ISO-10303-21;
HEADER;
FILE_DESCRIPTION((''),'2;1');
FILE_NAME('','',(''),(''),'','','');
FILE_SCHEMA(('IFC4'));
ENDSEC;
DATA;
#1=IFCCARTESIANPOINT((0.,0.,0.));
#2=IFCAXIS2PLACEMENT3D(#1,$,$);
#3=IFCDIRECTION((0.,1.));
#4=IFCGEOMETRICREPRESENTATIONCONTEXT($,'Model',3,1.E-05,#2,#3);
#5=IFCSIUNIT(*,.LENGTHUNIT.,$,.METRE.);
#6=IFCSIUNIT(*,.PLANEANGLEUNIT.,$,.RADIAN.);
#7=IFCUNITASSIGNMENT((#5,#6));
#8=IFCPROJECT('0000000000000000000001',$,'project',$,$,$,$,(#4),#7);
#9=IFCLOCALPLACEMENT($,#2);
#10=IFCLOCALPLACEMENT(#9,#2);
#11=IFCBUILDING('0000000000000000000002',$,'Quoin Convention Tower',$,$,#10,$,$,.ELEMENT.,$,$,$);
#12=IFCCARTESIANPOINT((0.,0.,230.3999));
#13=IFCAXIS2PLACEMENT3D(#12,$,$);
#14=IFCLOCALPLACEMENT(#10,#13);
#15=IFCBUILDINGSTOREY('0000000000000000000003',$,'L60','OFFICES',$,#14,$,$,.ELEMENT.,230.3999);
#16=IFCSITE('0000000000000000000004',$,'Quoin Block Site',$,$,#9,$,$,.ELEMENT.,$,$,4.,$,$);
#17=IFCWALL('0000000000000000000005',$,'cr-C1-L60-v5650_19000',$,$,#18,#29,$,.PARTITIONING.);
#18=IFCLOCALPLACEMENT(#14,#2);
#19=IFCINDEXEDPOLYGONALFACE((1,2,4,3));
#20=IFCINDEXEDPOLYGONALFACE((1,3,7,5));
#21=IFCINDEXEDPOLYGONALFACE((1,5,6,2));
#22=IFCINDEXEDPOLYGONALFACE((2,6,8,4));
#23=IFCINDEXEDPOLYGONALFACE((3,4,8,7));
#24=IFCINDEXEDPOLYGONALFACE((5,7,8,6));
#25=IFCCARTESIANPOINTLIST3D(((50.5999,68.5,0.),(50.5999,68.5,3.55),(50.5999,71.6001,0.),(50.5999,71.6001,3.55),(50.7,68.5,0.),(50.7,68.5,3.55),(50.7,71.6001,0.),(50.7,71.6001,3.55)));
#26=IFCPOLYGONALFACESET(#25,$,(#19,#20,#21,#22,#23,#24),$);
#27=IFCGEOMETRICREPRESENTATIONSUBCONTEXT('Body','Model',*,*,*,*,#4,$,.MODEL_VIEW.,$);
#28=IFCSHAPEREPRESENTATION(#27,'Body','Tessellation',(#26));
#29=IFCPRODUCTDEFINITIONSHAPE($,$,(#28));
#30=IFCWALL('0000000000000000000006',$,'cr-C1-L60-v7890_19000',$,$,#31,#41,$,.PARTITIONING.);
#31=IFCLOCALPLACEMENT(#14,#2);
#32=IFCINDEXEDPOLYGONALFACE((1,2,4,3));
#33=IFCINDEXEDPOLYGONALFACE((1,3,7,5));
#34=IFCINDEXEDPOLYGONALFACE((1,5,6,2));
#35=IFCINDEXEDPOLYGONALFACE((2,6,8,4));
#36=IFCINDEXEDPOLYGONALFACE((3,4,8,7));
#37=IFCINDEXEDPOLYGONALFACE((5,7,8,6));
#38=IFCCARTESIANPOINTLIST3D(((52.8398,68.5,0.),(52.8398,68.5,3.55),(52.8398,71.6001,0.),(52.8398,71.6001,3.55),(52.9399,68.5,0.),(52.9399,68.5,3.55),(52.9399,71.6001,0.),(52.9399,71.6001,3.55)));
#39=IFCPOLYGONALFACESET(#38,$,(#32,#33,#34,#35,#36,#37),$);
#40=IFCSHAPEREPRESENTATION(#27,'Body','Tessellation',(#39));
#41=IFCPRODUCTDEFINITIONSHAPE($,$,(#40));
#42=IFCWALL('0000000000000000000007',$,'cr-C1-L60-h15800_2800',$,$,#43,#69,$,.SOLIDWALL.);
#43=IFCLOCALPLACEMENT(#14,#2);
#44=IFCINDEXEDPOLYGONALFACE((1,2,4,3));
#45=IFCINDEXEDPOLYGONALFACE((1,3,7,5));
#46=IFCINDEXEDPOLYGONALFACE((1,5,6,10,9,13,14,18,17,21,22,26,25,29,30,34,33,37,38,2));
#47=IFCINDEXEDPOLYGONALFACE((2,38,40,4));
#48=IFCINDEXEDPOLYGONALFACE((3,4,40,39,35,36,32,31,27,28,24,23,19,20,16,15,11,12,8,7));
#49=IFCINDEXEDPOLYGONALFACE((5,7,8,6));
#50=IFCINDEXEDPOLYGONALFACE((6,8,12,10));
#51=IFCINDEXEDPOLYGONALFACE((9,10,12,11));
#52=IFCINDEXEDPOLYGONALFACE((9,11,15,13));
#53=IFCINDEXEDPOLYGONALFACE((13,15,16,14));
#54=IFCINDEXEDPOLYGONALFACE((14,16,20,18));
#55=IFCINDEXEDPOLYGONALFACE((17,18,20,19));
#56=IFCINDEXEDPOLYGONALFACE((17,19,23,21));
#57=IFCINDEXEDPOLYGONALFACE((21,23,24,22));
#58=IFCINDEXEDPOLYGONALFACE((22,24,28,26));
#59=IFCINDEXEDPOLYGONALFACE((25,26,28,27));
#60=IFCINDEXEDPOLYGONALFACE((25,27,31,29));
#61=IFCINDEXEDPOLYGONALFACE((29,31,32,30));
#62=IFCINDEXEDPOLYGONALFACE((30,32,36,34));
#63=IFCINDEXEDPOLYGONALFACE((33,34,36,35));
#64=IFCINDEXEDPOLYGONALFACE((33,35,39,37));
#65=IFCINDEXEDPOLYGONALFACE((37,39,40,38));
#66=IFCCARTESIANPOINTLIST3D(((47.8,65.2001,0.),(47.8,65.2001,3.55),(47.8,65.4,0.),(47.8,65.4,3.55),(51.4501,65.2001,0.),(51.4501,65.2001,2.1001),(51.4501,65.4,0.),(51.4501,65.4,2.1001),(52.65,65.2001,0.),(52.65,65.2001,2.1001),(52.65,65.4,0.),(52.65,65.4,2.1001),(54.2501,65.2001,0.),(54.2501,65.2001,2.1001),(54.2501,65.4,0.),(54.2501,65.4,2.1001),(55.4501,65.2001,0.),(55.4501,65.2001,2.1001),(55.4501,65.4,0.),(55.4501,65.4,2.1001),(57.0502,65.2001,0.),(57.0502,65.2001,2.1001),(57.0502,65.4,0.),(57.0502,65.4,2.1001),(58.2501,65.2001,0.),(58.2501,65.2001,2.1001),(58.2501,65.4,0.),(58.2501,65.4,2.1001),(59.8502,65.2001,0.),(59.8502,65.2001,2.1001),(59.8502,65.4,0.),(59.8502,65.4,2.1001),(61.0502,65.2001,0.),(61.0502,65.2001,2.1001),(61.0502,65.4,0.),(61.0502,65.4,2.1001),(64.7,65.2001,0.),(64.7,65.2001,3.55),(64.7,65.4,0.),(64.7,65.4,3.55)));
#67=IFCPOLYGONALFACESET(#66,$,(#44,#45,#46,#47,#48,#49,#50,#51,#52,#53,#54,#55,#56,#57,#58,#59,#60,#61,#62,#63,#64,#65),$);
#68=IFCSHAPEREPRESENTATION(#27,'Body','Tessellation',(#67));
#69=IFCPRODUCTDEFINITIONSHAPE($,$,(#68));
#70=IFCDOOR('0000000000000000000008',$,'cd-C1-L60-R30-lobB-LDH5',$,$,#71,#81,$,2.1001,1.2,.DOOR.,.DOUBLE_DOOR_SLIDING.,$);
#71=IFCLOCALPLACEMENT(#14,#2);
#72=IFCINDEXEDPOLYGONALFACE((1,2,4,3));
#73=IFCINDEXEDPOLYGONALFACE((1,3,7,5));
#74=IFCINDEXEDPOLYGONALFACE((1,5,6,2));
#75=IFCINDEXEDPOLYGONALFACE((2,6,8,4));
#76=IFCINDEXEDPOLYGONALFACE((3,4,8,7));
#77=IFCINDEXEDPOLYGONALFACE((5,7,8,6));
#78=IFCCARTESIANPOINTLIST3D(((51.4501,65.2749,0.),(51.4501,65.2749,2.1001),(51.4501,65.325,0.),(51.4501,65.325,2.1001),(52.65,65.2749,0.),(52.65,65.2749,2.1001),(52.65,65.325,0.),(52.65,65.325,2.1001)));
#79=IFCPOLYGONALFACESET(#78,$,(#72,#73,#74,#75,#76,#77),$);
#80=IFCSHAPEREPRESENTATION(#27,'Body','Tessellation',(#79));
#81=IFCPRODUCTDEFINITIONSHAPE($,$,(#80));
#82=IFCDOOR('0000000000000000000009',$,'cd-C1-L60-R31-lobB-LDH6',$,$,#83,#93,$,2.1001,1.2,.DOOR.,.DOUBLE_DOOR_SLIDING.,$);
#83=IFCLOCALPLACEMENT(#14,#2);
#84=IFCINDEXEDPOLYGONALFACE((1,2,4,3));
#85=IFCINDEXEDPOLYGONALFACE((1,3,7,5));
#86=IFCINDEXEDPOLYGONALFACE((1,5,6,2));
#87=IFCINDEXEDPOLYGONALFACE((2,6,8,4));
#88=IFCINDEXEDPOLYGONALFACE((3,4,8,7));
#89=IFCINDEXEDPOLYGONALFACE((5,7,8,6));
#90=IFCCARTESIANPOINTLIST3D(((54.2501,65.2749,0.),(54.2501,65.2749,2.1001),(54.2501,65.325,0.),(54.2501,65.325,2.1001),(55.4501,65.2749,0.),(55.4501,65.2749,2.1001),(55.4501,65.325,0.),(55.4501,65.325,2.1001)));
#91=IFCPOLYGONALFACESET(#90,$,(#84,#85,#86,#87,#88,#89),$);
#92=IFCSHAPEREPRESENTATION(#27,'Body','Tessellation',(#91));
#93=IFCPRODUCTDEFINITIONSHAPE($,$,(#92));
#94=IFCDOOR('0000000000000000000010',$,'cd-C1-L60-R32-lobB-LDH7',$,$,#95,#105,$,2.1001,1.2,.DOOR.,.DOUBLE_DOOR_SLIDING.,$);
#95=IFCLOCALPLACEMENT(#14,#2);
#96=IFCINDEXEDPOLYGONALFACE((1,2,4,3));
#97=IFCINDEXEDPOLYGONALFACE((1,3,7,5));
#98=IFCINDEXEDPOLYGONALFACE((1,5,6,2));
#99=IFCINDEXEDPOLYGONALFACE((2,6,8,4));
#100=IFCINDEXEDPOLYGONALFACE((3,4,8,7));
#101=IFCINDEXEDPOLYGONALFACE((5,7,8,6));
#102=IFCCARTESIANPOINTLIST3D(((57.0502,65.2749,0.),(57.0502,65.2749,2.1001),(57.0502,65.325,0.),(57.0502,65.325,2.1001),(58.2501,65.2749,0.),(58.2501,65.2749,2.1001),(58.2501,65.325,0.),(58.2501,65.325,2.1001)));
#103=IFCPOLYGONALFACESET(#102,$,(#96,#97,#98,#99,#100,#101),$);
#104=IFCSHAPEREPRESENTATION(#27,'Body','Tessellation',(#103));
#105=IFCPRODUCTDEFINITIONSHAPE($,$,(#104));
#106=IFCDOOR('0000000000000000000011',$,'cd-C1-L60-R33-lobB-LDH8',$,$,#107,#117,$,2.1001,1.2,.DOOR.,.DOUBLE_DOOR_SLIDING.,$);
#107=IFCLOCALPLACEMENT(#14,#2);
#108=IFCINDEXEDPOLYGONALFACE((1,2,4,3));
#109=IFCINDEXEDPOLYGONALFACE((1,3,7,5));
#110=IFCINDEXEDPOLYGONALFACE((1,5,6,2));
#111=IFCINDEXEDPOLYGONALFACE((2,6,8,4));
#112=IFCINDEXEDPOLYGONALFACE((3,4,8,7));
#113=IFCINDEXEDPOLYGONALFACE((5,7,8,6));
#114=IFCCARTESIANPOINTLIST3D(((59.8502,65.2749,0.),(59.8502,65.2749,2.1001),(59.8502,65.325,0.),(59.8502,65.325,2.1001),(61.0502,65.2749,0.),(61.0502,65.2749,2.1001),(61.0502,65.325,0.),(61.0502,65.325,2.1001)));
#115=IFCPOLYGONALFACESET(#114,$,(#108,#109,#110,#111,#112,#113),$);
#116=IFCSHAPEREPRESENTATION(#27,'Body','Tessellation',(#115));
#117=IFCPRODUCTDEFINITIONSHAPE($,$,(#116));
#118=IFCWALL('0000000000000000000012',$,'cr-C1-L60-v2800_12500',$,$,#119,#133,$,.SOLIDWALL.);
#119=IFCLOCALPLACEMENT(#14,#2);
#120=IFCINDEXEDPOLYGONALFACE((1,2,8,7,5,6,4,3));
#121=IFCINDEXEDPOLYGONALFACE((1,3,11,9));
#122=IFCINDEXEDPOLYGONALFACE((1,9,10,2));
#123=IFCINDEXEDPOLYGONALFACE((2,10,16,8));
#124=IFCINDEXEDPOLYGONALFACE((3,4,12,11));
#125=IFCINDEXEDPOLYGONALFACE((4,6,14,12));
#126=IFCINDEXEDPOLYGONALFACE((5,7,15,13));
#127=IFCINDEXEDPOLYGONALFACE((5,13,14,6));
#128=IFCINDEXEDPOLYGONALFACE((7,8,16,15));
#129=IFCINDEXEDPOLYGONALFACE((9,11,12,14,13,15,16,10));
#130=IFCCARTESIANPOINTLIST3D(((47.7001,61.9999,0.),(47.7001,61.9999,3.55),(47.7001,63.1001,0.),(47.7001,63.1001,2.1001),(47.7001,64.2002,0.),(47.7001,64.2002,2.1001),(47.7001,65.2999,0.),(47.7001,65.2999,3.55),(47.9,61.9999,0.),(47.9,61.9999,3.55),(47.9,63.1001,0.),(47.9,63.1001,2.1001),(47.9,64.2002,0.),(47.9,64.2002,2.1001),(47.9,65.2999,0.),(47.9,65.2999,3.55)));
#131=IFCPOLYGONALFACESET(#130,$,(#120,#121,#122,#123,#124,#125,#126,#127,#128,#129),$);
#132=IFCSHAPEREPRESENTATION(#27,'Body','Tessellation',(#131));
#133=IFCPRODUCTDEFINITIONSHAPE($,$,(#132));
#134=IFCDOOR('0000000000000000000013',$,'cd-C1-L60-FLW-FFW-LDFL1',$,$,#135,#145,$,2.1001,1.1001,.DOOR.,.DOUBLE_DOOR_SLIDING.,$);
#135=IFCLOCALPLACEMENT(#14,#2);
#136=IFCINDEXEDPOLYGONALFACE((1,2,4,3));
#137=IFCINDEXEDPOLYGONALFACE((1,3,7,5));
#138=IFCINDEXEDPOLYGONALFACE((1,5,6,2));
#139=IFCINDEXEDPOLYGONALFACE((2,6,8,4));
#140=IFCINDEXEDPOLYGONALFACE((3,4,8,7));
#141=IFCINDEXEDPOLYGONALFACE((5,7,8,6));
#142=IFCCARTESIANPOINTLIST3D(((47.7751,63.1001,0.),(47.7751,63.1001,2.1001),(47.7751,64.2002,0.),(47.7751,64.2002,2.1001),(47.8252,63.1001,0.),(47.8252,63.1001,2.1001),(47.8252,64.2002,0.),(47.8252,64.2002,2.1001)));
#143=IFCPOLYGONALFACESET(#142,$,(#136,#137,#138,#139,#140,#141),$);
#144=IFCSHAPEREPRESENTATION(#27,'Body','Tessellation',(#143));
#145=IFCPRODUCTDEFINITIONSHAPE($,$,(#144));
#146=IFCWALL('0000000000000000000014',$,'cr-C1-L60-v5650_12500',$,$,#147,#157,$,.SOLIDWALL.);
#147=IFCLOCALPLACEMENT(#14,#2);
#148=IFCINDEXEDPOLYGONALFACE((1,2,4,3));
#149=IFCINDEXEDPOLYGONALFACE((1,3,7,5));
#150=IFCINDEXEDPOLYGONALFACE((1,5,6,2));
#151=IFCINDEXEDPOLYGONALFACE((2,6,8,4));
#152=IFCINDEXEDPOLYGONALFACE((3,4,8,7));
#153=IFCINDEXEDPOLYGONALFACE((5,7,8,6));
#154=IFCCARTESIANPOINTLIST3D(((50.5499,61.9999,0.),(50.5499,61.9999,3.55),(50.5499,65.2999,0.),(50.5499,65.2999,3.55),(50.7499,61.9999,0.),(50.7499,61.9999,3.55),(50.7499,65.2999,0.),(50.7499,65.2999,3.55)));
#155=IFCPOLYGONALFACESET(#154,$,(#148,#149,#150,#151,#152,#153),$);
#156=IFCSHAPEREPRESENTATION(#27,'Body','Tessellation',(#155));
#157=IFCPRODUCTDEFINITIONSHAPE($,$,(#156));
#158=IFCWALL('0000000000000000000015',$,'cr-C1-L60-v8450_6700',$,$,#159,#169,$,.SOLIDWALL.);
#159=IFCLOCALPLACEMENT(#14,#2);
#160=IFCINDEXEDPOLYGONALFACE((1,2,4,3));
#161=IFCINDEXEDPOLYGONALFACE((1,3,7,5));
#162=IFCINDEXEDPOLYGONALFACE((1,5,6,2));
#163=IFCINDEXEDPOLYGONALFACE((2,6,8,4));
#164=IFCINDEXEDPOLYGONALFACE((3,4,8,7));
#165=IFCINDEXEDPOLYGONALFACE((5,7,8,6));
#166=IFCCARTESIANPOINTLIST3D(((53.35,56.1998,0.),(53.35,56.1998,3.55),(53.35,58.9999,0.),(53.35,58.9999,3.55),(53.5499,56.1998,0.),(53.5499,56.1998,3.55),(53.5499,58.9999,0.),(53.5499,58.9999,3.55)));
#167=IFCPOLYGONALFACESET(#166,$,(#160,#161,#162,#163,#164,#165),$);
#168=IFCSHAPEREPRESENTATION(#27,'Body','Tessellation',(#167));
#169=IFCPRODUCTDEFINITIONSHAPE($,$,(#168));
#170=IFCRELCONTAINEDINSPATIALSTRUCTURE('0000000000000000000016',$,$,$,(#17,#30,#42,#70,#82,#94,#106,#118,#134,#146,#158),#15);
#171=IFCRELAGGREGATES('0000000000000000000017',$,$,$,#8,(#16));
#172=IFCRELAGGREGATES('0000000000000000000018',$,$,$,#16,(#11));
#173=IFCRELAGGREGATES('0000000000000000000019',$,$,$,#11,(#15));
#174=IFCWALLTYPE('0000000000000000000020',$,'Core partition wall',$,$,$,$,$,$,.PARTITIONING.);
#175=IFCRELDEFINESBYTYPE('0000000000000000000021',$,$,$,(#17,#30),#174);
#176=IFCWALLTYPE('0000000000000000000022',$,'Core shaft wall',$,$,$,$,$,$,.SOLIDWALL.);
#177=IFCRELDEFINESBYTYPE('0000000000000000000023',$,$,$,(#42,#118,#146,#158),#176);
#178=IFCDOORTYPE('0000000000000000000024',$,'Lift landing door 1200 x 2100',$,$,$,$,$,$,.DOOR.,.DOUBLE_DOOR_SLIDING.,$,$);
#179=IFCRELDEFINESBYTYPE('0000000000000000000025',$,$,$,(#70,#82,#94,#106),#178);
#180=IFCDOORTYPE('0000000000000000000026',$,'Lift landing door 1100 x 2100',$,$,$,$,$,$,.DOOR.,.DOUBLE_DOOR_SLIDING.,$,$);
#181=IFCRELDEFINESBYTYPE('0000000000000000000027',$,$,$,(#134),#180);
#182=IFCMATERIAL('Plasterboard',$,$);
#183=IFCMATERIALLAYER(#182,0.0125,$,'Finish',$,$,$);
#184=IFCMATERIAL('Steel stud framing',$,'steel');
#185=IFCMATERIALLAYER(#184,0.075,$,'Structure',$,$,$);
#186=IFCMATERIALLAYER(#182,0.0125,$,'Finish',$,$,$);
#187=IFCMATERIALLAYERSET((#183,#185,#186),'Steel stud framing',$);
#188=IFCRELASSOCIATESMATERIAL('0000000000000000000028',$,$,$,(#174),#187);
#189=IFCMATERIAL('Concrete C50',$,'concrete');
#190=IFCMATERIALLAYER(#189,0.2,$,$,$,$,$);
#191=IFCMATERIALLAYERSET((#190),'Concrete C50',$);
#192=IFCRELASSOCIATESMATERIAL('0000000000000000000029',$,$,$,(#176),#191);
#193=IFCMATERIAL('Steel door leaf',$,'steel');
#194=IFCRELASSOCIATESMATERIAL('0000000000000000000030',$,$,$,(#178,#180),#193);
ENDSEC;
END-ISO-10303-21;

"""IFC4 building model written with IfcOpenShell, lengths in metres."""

from ifc_helpers import new_model, si_unit, direction, frame, frame_2d, origin, place, context, subcontext, project, spatial, rectangle, extrude, material, layer, layer_set, type_object, element, fill, save


model = new_model("IFC4")

# Units and contexts
model_context = context("Model", 3, precision=1e-05, world=origin(), true_north=direction((0.0, 1.0)))
body_context = subcontext(model_context, "Body", "Model", "MODEL_VIEW")
ifc_project = project(units=[si_unit("LENGTHUNIT", "METRE"), si_unit("PLANEANGLEUNIT", "RADIAN")], contexts=[model_context])

# Site, building, storey
site_placement = place(None, origin())
site = spatial("IfcSite", under=ifc_project, at=site_placement, Name="Quoin Block Site", CompositionType="ELEMENT", RefElevation=4.0)
building_placement = place(site_placement, origin())
building = spatial("IfcBuilding", under=site, at=building_placement, Name="Quoin Convention Tower", CompositionType="ELEMENT")
storey_placement = place(building_placement, frame((0.0, 0.0, 230.3999)))
storey = spatial("IfcBuildingStorey", under=building, at=storey_placement, Name="L60", Description="OFFICES", CompositionType="ELEMENT", Elevation=230.3999)

# Walls
ifc_material_1 = material(Name="Plasterboard")
ifc_layer_1 = layer(ifc_material_1, 0.0125, Name="Finish")
ifc_material_2 = material(Name="Steel stud framing", Category="steel")
ifc_layer_2 = layer(ifc_material_2, 0.075, Name="Structure")
ifc_layer_3 = layer(ifc_material_1, 0.0125, Name="Finish")
ifc_layer_set_1 = layer_set([ifc_layer_1, ifc_layer_2, ifc_layer_3], Name="Steel stud framing")
wall_type_1 = type_object("IfcWallType", Name="Core partition wall", PredefinedType="PARTITIONING", material=ifc_layer_set_1)
for number, where, z_axis, x_axis, name in (
    (1, (50.6499, 68.5, 0.0), (0.0, 0.0, 1.0), (0.0, 1.0, 0.0), "cr-C1-L60-v5650_19000"),
    (2, (52.8899, 68.5, 0.0), (0.0, 0.0, 1.0), (0.0, 1.0, 0.0), "cr-C1-L60-v7890_19000"),
):
    element("IfcWall", number, at=place(storey_placement, frame(where, z_axis=z_axis, x_axis=x_axis)), inside=storey, type_object=wall_type_1, Name=name, PredefinedType="PARTITIONING", context=body_context, shape_type="SweptSolid", body=[
        extrude(rectangle(XDim=3.1001, YDim=0.1001, at=frame_2d((1.55, 0.0))), origin(), (0.0, 0.0, 1.0), 3.55),
    ])

# Wall, openings, doors
ifc_material_3 = material(Name="Concrete C50", Category="concrete")
ifc_layer_4 = layer(ifc_material_3, 0.2)
ifc_layer_set_2 = layer_set([ifc_layer_4], Name="Concrete C50")
wall_type_2 = type_object("IfcWallType", Name="Core shaft wall", PredefinedType="SOLIDWALL", material=ifc_layer_set_2)
wall_1_placement = place(storey_placement, frame((47.8, 65.3, 0.0), z_axis=(0.0, 0.0, 1.0), x_axis=(1.0, 0.0, 0.0)))
wall_1 = element("IfcWall", 3, at=wall_1_placement, inside=storey, type_object=wall_type_2, Name="cr-C1-L60-h15800_2800", PredefinedType="SOLIDWALL", context=body_context, shape_type="SweptSolid", body=[
    extrude(rectangle(XDim=16.8999, YDim=0.2, at=frame_2d((8.45, 0.0))), origin(), (0.0, 0.0, 1.0), 3.55),
])
opening_1_placement = place(wall_1_placement, frame((3.6499, 0.0, 0.0)))
opening_1 = element("IfcOpeningElement", 4, at=opening_1_placement, cuts=wall_1, PredefinedType="OPENING", context=body_context, shape_type="SweptSolid", body=[
    extrude(rectangle(XDim=1.2, YDim=2.1001, at=frame_2d((0.6001, 1.05))), frame((0.0, 0.1099, 0.0), z_axis=(0.0, -1.0, 0.0), x_axis=(1.0, 0.0, 0.0)), (0.0, 0.0, 1.0), 0.22),
])
opening_2_placement = place(wall_1_placement, frame((6.45, 0.0, 0.0)))
opening_2 = element("IfcOpeningElement", 5, at=opening_2_placement, cuts=wall_1, PredefinedType="OPENING", context=body_context, shape_type="SweptSolid", body=[
    extrude(rectangle(XDim=1.2, YDim=2.1001, at=frame_2d((0.6001, 1.05))), frame((0.0, 0.1099, 0.0), z_axis=(0.0, -1.0, 0.0), x_axis=(1.0, 0.0, 0.0)), (0.0, 0.0, 1.0), 0.22),
])
opening_3_placement = place(wall_1_placement, frame((9.25, 0.0, 0.0)))
opening_3 = element("IfcOpeningElement", 6, at=opening_3_placement, cuts=wall_1, PredefinedType="OPENING", context=body_context, shape_type="SweptSolid", body=[
    extrude(rectangle(XDim=1.2, YDim=2.1001, at=frame_2d((0.6001, 1.05))), frame((0.0, 0.1099, 0.0), z_axis=(0.0, -1.0, 0.0), x_axis=(1.0, 0.0, 0.0)), (0.0, 0.0, 1.0), 0.22),
])
opening_4_placement = place(wall_1_placement, frame((12.05, 0.0, 0.0)))
opening_4 = element("IfcOpeningElement", 7, at=opening_4_placement, cuts=wall_1, PredefinedType="OPENING", context=body_context, shape_type="SweptSolid", body=[
    extrude(rectangle(XDim=1.2, YDim=2.1001, at=frame_2d((0.6001, 1.05))), frame((0.0, 0.1099, 0.0), z_axis=(0.0, -1.0, 0.0), x_axis=(1.0, 0.0, 0.0)), (0.0, 0.0, 1.0), 0.22),
])
ifc_material_4 = material(Name="Steel door leaf", Category="steel")
door_type_1 = type_object("IfcDoorType", Name="Lift landing door 1200 x 2100", OperationType="DOUBLE_DOOR_SLIDING", PredefinedType="DOOR", material=ifc_material_4)
door_1_placement = place(opening_1_placement, origin())
door_1 = element("IfcDoor", 8, at=door_1_placement, inside=storey, type_object=door_type_1, Name="cd-C1-L60-R30-lobB-LDH5", OperationType="DOUBLE_DOOR_SLIDING", OverallHeight=2.1001, OverallWidth=1.2, PredefinedType="DOOR", context=body_context, shape_type="SweptSolid", body=[
    extrude(rectangle(XDim=1.2, YDim=2.1001, at=frame_2d((0.6001, 1.05))), frame((0.0, 0.0249, 0.0), z_axis=(0.0, -1.0, 0.0), x_axis=(1.0, 0.0, 0.0)), (0.0, 0.0, 1.0), 0.05),
])
fill(opening_1, door_1)
door_2_placement = place(opening_2_placement, origin())
door_2 = element("IfcDoor", 9, at=door_2_placement, inside=storey, type_object=door_type_1, Name="cd-C1-L60-R31-lobB-LDH6", OperationType="DOUBLE_DOOR_SLIDING", OverallHeight=2.1001, OverallWidth=1.2, PredefinedType="DOOR", context=body_context, shape_type="SweptSolid", body=[
    extrude(rectangle(XDim=1.2, YDim=2.1001, at=frame_2d((0.6001, 1.05))), frame((0.0, 0.0249, 0.0), z_axis=(0.0, -1.0, 0.0), x_axis=(1.0, 0.0, 0.0)), (0.0, 0.0, 1.0), 0.05),
])
fill(opening_2, door_2)
door_3_placement = place(opening_3_placement, origin())
door_3 = element("IfcDoor", 10, at=door_3_placement, inside=storey, type_object=door_type_1, Name="cd-C1-L60-R32-lobB-LDH7", OperationType="DOUBLE_DOOR_SLIDING", OverallHeight=2.1001, OverallWidth=1.2, PredefinedType="DOOR", context=body_context, shape_type="SweptSolid", body=[
    extrude(rectangle(XDim=1.2, YDim=2.1001, at=frame_2d((0.6001, 1.05))), frame((0.0, 0.0249, 0.0), z_axis=(0.0, -1.0, 0.0), x_axis=(1.0, 0.0, 0.0)), (0.0, 0.0, 1.0), 0.05),
])
fill(opening_3, door_3)
door_4_placement = place(opening_4_placement, origin())
door_4 = element("IfcDoor", 11, at=door_4_placement, inside=storey, type_object=door_type_1, Name="cd-C1-L60-R33-lobB-LDH8", OperationType="DOUBLE_DOOR_SLIDING", OverallHeight=2.1001, OverallWidth=1.2, PredefinedType="DOOR", context=body_context, shape_type="SweptSolid", body=[
    extrude(rectangle(XDim=1.2, YDim=2.1001, at=frame_2d((0.6001, 1.05))), frame((0.0, 0.0249, 0.0), z_axis=(0.0, -1.0, 0.0), x_axis=(1.0, 0.0, 0.0)), (0.0, 0.0, 1.0), 0.05),
])
fill(opening_4, door_4)

# Wall, opening, door
wall_2_placement = place(storey_placement, frame((47.8, 62.0, 0.0), z_axis=(0.0, 0.0, 1.0), x_axis=(0.0, 1.0, 0.0)))
wall_2 = element("IfcWall", 12, at=wall_2_placement, inside=storey, type_object=wall_type_2, Name="cr-C1-L60-v2800_12500", PredefinedType="SOLIDWALL", context=body_context, shape_type="SweptSolid", body=[
    extrude(rectangle(XDim=3.3, YDim=0.2, at=frame_2d((1.6499, 0.0))), origin(), (0.0, 0.0, 1.0), 3.55),
])
opening_5_placement = place(wall_2_placement, frame((1.1001, 0.0, 0.0)))
opening_5 = element("IfcOpeningElement", 13, at=opening_5_placement, cuts=wall_2, PredefinedType="OPENING", context=body_context, shape_type="SweptSolid", body=[
    extrude(rectangle(XDim=1.1001, YDim=2.1001, at=frame_2d((0.55, 1.05))), frame((0.0, 0.1099, 0.0), z_axis=(0.0, -1.0, 0.0), x_axis=(1.0, 0.0, 0.0)), (0.0, 0.0, 1.0), 0.22),
])
door_type_2 = type_object("IfcDoorType", Name="Lift landing door 1100 x 2100", OperationType="DOUBLE_DOOR_SLIDING", PredefinedType="DOOR", material=ifc_material_4)
door_5_placement = place(opening_5_placement, origin())
door_5 = element("IfcDoor", 14, at=door_5_placement, inside=storey, type_object=door_type_2, Name="cd-C1-L60-FLW-FFW-LDFL1", OperationType="DOUBLE_DOOR_SLIDING", OverallHeight=2.1001, OverallWidth=1.1001, PredefinedType="DOOR", context=body_context, shape_type="SweptSolid", body=[
    extrude(rectangle(XDim=1.1001, YDim=2.1001, at=frame_2d((0.55, 1.05))), frame((0.0, 0.0249, 0.0), z_axis=(0.0, -1.0, 0.0), x_axis=(1.0, 0.0, 0.0)), (0.0, 0.0, 1.0), 0.05),
])
fill(opening_5, door_5)

# Walls
wall_3_placement = place(storey_placement, frame((50.6499, 62.0, 0.0), z_axis=(0.0, 0.0, 1.0), x_axis=(0.0, 1.0, 0.0)))
element("IfcWall", 15, at=wall_3_placement, inside=storey, type_object=wall_type_2, Name="cr-C1-L60-v5650_12500", PredefinedType="SOLIDWALL", context=body_context, shape_type="SweptSolid", body=[
    extrude(rectangle(XDim=3.3, YDim=0.2, at=frame_2d((1.6499, 0.0))), origin(), (0.0, 0.0, 1.0), 3.55),
])
wall_4_placement = place(storey_placement, frame((53.45, 56.2, 0.0), z_axis=(0.0, 0.0, 1.0), x_axis=(0.0, 1.0, 0.0)))
element("IfcWall", 16, at=wall_4_placement, inside=storey, type_object=wall_type_2, Name="cr-C1-L60-v8450_6700", PredefinedType="SOLIDWALL", context=body_context, shape_type="SweptSolid", body=[
    extrude(rectangle(XDim=2.8, YDim=0.2, at=frame_2d((1.3999, 0.0))), origin(), (0.0, 0.0, 1.0), 3.55),
])

save(model, "model.ifc")
